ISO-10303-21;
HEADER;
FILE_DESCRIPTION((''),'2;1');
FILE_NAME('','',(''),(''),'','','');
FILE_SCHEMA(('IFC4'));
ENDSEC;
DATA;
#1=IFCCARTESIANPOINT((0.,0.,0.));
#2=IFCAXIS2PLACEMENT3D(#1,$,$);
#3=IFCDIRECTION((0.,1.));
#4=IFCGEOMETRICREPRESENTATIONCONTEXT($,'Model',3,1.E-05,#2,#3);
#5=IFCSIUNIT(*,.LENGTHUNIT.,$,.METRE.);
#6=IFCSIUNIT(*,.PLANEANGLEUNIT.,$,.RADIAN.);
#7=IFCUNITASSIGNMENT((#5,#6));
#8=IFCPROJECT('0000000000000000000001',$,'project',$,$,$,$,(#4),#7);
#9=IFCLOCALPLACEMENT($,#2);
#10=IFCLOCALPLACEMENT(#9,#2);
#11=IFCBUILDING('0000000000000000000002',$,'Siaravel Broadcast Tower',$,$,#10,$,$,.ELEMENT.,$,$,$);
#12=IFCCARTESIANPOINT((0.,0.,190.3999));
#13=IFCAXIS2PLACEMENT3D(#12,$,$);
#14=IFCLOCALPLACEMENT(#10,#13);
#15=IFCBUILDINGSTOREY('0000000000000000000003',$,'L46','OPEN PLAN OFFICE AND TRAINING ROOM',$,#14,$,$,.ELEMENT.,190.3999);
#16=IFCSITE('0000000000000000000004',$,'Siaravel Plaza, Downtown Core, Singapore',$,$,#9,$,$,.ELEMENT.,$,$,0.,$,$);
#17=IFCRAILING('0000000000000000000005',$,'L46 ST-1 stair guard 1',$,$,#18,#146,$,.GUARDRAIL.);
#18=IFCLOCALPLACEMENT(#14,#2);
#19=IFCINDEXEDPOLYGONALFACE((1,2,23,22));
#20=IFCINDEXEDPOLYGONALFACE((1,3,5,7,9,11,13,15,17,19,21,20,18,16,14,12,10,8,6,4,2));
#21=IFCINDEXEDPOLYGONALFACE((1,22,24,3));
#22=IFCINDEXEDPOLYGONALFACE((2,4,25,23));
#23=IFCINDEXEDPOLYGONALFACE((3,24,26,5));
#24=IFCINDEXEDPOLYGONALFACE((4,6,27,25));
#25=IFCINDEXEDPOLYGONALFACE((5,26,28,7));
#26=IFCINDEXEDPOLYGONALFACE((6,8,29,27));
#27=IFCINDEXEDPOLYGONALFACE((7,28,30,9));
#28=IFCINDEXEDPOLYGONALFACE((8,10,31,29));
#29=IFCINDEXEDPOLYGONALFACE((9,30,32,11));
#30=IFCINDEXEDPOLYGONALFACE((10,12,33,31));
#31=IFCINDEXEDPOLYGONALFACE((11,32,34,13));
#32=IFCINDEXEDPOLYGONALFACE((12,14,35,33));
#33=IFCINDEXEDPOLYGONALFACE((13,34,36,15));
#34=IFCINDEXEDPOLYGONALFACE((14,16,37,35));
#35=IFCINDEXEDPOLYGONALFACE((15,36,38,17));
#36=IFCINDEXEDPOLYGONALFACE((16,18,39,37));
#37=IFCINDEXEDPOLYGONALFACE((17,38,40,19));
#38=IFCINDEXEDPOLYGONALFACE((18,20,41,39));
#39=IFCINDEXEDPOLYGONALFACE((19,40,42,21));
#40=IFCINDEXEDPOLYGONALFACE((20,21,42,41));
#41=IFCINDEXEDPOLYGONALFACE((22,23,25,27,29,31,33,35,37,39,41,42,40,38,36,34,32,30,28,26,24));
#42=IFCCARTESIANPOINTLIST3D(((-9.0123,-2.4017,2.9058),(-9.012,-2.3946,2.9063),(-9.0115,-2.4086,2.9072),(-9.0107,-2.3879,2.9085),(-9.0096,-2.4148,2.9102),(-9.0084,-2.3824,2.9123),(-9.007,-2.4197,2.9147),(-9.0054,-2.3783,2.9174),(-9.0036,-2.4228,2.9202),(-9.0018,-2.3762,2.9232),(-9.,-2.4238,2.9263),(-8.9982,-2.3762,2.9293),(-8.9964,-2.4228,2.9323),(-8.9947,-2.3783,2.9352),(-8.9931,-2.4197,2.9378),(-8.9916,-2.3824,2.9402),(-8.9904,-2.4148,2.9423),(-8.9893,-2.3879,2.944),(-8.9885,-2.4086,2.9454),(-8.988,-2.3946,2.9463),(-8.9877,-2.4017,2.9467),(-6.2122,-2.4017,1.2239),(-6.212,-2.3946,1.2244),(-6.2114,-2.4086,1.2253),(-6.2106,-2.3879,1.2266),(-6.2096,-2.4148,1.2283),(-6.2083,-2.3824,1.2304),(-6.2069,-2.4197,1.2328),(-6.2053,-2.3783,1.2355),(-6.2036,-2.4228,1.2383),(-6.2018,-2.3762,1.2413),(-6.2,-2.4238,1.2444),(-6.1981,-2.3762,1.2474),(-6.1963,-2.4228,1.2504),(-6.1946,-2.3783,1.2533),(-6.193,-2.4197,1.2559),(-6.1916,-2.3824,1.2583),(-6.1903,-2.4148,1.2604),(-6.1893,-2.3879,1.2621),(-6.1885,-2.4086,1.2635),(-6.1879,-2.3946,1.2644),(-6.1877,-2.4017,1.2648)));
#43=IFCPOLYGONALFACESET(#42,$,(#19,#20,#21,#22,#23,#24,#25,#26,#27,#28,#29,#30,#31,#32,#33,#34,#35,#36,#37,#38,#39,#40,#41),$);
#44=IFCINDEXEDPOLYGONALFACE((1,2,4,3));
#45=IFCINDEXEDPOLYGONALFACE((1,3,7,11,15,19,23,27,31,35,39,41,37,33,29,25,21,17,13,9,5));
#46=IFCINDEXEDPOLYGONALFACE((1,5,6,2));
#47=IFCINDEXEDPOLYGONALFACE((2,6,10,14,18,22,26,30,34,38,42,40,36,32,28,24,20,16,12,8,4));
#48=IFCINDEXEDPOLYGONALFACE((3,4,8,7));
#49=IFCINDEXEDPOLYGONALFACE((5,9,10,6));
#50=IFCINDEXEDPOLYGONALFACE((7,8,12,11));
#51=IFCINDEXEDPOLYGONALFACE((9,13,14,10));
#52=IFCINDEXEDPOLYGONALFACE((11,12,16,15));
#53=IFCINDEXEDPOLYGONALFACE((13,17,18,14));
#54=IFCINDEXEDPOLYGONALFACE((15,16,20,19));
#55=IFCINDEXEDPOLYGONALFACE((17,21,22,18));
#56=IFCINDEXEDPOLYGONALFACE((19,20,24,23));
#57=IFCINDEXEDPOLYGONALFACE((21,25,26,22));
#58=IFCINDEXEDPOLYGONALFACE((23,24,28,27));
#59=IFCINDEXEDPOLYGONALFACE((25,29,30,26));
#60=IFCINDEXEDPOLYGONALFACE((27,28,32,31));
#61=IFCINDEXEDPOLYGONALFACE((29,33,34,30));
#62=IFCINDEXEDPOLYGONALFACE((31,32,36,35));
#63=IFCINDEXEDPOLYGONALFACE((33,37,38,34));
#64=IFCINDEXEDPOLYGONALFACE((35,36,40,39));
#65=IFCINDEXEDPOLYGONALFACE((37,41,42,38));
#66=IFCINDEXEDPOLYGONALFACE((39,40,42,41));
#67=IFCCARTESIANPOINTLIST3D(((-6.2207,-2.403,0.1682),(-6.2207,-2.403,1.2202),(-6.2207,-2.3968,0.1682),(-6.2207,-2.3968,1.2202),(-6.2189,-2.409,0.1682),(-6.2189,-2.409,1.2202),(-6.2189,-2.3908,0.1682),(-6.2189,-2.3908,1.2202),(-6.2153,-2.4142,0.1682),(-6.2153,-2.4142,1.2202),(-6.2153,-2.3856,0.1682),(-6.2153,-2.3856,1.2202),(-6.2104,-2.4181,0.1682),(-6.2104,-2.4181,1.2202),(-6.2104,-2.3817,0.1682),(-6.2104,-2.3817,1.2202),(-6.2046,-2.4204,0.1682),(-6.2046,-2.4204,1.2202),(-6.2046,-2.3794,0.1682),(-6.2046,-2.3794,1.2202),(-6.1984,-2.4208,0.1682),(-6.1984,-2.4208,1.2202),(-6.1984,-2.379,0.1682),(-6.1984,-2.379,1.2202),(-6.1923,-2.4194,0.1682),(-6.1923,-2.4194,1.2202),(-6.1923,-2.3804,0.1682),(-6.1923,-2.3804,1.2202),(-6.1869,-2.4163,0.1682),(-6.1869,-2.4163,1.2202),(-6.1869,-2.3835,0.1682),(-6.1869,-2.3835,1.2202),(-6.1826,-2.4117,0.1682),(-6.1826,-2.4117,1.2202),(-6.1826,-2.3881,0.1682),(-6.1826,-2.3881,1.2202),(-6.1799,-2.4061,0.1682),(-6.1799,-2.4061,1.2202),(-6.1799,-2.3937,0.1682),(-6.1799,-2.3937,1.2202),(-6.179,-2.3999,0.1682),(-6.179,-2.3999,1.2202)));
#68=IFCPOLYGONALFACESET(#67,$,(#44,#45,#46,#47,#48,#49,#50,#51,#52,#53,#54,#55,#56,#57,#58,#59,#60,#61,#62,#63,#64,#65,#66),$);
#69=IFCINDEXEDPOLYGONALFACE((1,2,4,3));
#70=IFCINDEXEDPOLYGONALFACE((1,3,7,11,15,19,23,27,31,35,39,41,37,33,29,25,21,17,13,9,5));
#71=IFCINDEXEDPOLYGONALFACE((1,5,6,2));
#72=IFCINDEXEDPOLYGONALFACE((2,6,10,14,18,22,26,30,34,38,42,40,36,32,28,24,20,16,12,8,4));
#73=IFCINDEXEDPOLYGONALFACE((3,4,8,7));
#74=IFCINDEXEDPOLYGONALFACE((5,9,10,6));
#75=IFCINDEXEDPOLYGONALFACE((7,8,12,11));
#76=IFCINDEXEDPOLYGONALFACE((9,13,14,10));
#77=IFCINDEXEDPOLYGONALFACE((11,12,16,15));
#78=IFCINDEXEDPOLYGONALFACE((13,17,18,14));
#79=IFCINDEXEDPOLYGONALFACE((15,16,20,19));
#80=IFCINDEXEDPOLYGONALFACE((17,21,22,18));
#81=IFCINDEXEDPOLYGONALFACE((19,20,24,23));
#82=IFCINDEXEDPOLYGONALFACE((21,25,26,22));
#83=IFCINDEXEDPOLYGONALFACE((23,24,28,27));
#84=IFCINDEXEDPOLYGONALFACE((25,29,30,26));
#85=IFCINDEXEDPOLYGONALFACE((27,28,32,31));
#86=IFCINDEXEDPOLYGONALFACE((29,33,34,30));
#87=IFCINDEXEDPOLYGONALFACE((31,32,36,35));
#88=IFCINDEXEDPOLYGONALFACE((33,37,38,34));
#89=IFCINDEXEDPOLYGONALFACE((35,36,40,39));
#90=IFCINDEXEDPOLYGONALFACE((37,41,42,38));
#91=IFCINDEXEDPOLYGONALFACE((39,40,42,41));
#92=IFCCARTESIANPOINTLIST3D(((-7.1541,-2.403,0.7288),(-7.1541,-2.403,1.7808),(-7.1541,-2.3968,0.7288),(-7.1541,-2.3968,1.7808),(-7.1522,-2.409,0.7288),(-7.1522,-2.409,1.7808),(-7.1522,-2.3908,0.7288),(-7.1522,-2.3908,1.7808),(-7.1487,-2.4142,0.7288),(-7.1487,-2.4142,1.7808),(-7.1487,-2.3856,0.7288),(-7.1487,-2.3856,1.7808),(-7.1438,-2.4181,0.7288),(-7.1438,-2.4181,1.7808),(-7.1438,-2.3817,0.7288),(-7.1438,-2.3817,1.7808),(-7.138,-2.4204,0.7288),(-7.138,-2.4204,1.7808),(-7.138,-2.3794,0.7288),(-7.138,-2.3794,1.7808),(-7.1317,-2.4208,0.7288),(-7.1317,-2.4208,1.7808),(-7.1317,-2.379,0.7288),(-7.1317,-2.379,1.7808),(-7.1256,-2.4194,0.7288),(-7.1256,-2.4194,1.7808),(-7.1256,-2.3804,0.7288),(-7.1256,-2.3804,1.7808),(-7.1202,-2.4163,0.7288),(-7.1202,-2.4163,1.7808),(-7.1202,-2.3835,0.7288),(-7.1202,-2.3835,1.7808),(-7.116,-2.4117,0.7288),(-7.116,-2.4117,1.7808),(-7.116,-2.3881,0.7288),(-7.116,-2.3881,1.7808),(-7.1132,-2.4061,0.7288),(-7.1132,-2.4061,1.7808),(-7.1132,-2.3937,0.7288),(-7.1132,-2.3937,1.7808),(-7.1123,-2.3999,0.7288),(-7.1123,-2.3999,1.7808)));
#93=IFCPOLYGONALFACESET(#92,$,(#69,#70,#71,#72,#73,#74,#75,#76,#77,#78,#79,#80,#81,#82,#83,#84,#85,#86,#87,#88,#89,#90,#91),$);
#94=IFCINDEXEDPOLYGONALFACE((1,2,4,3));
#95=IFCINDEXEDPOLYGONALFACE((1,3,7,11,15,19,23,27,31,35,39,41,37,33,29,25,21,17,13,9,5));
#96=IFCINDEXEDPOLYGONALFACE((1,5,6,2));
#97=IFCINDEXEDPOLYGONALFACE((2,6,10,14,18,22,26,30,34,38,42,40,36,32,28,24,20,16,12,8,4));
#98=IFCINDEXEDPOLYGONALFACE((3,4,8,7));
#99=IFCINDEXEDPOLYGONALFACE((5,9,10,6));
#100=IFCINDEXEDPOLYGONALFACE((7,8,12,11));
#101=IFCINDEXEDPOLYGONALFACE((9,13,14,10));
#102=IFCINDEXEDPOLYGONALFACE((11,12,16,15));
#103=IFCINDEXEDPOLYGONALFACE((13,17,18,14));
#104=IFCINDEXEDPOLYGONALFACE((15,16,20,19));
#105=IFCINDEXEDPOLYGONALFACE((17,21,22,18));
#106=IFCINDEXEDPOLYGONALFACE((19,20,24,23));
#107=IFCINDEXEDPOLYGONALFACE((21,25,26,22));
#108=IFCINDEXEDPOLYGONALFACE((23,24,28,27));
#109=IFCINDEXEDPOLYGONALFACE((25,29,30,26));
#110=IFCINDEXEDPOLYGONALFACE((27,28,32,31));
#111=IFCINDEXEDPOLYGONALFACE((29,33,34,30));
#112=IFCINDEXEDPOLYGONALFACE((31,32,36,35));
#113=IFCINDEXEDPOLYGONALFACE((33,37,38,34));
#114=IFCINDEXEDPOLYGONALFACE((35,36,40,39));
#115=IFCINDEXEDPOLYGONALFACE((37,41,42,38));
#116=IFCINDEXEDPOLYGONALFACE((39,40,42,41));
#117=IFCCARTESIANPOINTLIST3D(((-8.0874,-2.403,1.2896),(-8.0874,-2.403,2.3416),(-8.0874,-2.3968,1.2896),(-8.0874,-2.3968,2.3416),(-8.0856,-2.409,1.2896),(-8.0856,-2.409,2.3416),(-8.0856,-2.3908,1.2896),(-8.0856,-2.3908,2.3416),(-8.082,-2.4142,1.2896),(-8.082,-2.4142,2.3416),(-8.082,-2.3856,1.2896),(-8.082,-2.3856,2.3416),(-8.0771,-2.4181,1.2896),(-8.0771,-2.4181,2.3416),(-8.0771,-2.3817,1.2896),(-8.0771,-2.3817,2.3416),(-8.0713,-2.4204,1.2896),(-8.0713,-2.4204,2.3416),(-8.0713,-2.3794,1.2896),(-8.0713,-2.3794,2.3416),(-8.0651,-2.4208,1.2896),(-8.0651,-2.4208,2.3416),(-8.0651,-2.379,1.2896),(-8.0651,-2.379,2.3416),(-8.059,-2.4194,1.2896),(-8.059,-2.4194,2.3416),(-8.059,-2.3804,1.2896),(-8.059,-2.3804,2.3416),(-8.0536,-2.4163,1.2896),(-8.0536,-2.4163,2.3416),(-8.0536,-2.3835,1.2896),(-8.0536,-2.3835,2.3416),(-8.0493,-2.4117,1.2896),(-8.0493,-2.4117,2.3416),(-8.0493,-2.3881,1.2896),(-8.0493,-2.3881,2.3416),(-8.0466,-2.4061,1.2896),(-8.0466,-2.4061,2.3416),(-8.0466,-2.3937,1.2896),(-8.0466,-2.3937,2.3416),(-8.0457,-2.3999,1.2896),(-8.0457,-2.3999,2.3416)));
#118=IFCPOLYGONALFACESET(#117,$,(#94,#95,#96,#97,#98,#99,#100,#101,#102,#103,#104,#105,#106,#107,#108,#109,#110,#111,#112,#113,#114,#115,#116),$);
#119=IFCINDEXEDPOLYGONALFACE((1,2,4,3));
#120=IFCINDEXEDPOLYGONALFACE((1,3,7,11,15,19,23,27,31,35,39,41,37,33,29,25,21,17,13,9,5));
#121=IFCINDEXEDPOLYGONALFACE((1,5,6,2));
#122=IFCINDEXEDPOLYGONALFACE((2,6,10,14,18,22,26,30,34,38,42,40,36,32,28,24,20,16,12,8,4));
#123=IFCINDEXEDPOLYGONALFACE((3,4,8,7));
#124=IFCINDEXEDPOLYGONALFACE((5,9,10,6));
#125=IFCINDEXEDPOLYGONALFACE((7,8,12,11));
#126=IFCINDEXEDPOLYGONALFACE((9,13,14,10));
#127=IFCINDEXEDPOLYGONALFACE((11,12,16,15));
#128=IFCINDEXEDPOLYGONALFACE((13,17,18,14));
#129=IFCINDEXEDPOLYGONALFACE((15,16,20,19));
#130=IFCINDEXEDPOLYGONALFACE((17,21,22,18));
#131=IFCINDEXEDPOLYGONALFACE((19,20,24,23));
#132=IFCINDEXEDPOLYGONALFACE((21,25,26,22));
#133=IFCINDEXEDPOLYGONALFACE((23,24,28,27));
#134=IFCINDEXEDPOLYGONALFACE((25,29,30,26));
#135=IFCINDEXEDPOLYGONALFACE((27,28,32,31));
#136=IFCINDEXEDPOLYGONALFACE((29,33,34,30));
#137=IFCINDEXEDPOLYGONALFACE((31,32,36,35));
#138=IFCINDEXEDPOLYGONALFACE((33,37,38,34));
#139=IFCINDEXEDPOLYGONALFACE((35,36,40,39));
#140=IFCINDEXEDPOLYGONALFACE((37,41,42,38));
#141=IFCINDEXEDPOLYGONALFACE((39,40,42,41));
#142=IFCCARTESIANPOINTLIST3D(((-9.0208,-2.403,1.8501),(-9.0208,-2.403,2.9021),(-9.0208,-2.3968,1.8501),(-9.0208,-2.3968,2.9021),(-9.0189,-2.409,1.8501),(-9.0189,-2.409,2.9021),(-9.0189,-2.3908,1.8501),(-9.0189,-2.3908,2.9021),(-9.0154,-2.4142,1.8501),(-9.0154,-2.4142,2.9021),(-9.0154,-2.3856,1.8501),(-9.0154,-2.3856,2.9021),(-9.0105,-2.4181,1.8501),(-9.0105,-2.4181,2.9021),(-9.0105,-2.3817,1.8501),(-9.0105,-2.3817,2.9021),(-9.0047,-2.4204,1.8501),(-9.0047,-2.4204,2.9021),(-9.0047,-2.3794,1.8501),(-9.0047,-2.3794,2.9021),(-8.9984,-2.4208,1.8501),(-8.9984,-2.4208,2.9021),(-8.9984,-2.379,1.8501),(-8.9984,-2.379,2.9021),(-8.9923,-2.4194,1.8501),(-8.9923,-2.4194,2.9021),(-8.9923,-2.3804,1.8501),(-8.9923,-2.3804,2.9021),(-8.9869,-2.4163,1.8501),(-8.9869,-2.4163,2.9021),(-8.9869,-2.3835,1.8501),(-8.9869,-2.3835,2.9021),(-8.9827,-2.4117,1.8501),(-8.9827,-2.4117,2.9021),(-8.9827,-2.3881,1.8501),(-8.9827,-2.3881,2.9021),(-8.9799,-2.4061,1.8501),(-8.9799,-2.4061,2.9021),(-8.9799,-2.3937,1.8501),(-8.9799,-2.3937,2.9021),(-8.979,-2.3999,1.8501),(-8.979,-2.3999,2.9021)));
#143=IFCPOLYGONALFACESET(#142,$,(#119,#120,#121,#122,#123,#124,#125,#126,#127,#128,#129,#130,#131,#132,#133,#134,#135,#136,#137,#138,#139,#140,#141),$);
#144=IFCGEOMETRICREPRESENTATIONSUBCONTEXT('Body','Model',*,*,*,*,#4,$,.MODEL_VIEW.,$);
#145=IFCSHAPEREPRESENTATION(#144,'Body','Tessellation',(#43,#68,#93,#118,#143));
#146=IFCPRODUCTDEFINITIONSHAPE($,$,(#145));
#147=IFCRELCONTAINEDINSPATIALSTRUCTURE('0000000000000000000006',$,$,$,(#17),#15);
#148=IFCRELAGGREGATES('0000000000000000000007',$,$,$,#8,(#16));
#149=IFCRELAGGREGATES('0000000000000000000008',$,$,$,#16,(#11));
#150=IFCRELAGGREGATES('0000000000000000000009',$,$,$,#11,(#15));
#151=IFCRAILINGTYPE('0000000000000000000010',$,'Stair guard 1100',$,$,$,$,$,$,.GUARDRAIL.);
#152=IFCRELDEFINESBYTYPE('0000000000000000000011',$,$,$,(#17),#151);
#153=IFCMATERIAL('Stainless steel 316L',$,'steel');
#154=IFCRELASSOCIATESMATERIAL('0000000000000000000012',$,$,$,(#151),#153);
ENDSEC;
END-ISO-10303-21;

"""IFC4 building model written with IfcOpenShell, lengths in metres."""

from ifc_helpers import new_model, si_unit, direction, frame, origin, origin_2d, place, context, subcontext, project, spatial, circle, extrude, material, type_object, element, save


model = new_model("IFC4")

# Units and contexts
model_context = context("Model", 3, precision=1e-05, world=origin(), true_north=direction((0.0, 1.0)))
body_context = subcontext(model_context, "Body", "Model", "MODEL_VIEW")
ifc_project = project(units=[si_unit("LENGTHUNIT", "METRE"), si_unit("PLANEANGLEUNIT", "RADIAN")], contexts=[model_context])

# Site, building, storey
site_placement = place(None, origin())
site = spatial("IfcSite", under=ifc_project, at=site_placement, Name="Siaravel Plaza, Downtown Core, Singapore", CompositionType="ELEMENT", RefElevation=0.0)
building_placement = place(site_placement, origin())
building = spatial("IfcBuilding", under=site, at=building_placement, Name="Siaravel Broadcast Tower", CompositionType="ELEMENT")
storey_placement = place(building_placement, frame((0.0, 0.0, 190.3999)))
storey = spatial("IfcBuildingStorey", under=building, at=storey_placement, Name="L46", Description="OPEN PLAN OFFICE AND TRAINING ROOM", CompositionType="ELEMENT", Elevation=190.3999)

# Shared definitions
ifc_material_1 = material(Name="Stainless steel 316L", Category="steel")

# Railing
railing_type_1 = type_object("IfcRailingType", Name="Stair guard 1100", PredefinedType="GUARDRAIL", material=ifc_material_1)
railing_1_placement = place(storey_placement, frame((-6.2, -2.3999, 0.1682)))
element("IfcRailing", 1, at=railing_1_placement, inside=storey, type_object=railing_type_1, Name="L46 ST-1 stair guard 1", PredefinedType="GUARDRAIL", context=body_context, shape_type="SweptSolid", body=[
    extrude(circle(Radius=0.0239, at=origin_2d()), frame((0.0, 0.0, 1.0762), z_axis=(-0.857242, 0.0, 0.514913), x_axis=(0.0, -1.0, 0.0)), (0.0, 0.0, 1.0), 3.2664),
    extrude(circle(Radius=0.021, at=origin_2d()), origin(), (0.0, 0.0, 1.0), 1.052),
    extrude(circle(Radius=0.021, at=origin_2d()), frame((-0.9333, 0.0, 0.5605)), (0.0, 0.0, 1.0), 1.052),
    extrude(circle(Radius=0.021, at=origin_2d()), frame((-1.8667, 0.0, 1.1213)), (0.0, 0.0, 1.0), 1.052),
    extrude(circle(Radius=0.021, at=origin_2d()), frame((-2.8, 0.0, 1.6819)), (0.0, 0.0, 1.0), 1.052),
])

save(model, "model.ifc")
